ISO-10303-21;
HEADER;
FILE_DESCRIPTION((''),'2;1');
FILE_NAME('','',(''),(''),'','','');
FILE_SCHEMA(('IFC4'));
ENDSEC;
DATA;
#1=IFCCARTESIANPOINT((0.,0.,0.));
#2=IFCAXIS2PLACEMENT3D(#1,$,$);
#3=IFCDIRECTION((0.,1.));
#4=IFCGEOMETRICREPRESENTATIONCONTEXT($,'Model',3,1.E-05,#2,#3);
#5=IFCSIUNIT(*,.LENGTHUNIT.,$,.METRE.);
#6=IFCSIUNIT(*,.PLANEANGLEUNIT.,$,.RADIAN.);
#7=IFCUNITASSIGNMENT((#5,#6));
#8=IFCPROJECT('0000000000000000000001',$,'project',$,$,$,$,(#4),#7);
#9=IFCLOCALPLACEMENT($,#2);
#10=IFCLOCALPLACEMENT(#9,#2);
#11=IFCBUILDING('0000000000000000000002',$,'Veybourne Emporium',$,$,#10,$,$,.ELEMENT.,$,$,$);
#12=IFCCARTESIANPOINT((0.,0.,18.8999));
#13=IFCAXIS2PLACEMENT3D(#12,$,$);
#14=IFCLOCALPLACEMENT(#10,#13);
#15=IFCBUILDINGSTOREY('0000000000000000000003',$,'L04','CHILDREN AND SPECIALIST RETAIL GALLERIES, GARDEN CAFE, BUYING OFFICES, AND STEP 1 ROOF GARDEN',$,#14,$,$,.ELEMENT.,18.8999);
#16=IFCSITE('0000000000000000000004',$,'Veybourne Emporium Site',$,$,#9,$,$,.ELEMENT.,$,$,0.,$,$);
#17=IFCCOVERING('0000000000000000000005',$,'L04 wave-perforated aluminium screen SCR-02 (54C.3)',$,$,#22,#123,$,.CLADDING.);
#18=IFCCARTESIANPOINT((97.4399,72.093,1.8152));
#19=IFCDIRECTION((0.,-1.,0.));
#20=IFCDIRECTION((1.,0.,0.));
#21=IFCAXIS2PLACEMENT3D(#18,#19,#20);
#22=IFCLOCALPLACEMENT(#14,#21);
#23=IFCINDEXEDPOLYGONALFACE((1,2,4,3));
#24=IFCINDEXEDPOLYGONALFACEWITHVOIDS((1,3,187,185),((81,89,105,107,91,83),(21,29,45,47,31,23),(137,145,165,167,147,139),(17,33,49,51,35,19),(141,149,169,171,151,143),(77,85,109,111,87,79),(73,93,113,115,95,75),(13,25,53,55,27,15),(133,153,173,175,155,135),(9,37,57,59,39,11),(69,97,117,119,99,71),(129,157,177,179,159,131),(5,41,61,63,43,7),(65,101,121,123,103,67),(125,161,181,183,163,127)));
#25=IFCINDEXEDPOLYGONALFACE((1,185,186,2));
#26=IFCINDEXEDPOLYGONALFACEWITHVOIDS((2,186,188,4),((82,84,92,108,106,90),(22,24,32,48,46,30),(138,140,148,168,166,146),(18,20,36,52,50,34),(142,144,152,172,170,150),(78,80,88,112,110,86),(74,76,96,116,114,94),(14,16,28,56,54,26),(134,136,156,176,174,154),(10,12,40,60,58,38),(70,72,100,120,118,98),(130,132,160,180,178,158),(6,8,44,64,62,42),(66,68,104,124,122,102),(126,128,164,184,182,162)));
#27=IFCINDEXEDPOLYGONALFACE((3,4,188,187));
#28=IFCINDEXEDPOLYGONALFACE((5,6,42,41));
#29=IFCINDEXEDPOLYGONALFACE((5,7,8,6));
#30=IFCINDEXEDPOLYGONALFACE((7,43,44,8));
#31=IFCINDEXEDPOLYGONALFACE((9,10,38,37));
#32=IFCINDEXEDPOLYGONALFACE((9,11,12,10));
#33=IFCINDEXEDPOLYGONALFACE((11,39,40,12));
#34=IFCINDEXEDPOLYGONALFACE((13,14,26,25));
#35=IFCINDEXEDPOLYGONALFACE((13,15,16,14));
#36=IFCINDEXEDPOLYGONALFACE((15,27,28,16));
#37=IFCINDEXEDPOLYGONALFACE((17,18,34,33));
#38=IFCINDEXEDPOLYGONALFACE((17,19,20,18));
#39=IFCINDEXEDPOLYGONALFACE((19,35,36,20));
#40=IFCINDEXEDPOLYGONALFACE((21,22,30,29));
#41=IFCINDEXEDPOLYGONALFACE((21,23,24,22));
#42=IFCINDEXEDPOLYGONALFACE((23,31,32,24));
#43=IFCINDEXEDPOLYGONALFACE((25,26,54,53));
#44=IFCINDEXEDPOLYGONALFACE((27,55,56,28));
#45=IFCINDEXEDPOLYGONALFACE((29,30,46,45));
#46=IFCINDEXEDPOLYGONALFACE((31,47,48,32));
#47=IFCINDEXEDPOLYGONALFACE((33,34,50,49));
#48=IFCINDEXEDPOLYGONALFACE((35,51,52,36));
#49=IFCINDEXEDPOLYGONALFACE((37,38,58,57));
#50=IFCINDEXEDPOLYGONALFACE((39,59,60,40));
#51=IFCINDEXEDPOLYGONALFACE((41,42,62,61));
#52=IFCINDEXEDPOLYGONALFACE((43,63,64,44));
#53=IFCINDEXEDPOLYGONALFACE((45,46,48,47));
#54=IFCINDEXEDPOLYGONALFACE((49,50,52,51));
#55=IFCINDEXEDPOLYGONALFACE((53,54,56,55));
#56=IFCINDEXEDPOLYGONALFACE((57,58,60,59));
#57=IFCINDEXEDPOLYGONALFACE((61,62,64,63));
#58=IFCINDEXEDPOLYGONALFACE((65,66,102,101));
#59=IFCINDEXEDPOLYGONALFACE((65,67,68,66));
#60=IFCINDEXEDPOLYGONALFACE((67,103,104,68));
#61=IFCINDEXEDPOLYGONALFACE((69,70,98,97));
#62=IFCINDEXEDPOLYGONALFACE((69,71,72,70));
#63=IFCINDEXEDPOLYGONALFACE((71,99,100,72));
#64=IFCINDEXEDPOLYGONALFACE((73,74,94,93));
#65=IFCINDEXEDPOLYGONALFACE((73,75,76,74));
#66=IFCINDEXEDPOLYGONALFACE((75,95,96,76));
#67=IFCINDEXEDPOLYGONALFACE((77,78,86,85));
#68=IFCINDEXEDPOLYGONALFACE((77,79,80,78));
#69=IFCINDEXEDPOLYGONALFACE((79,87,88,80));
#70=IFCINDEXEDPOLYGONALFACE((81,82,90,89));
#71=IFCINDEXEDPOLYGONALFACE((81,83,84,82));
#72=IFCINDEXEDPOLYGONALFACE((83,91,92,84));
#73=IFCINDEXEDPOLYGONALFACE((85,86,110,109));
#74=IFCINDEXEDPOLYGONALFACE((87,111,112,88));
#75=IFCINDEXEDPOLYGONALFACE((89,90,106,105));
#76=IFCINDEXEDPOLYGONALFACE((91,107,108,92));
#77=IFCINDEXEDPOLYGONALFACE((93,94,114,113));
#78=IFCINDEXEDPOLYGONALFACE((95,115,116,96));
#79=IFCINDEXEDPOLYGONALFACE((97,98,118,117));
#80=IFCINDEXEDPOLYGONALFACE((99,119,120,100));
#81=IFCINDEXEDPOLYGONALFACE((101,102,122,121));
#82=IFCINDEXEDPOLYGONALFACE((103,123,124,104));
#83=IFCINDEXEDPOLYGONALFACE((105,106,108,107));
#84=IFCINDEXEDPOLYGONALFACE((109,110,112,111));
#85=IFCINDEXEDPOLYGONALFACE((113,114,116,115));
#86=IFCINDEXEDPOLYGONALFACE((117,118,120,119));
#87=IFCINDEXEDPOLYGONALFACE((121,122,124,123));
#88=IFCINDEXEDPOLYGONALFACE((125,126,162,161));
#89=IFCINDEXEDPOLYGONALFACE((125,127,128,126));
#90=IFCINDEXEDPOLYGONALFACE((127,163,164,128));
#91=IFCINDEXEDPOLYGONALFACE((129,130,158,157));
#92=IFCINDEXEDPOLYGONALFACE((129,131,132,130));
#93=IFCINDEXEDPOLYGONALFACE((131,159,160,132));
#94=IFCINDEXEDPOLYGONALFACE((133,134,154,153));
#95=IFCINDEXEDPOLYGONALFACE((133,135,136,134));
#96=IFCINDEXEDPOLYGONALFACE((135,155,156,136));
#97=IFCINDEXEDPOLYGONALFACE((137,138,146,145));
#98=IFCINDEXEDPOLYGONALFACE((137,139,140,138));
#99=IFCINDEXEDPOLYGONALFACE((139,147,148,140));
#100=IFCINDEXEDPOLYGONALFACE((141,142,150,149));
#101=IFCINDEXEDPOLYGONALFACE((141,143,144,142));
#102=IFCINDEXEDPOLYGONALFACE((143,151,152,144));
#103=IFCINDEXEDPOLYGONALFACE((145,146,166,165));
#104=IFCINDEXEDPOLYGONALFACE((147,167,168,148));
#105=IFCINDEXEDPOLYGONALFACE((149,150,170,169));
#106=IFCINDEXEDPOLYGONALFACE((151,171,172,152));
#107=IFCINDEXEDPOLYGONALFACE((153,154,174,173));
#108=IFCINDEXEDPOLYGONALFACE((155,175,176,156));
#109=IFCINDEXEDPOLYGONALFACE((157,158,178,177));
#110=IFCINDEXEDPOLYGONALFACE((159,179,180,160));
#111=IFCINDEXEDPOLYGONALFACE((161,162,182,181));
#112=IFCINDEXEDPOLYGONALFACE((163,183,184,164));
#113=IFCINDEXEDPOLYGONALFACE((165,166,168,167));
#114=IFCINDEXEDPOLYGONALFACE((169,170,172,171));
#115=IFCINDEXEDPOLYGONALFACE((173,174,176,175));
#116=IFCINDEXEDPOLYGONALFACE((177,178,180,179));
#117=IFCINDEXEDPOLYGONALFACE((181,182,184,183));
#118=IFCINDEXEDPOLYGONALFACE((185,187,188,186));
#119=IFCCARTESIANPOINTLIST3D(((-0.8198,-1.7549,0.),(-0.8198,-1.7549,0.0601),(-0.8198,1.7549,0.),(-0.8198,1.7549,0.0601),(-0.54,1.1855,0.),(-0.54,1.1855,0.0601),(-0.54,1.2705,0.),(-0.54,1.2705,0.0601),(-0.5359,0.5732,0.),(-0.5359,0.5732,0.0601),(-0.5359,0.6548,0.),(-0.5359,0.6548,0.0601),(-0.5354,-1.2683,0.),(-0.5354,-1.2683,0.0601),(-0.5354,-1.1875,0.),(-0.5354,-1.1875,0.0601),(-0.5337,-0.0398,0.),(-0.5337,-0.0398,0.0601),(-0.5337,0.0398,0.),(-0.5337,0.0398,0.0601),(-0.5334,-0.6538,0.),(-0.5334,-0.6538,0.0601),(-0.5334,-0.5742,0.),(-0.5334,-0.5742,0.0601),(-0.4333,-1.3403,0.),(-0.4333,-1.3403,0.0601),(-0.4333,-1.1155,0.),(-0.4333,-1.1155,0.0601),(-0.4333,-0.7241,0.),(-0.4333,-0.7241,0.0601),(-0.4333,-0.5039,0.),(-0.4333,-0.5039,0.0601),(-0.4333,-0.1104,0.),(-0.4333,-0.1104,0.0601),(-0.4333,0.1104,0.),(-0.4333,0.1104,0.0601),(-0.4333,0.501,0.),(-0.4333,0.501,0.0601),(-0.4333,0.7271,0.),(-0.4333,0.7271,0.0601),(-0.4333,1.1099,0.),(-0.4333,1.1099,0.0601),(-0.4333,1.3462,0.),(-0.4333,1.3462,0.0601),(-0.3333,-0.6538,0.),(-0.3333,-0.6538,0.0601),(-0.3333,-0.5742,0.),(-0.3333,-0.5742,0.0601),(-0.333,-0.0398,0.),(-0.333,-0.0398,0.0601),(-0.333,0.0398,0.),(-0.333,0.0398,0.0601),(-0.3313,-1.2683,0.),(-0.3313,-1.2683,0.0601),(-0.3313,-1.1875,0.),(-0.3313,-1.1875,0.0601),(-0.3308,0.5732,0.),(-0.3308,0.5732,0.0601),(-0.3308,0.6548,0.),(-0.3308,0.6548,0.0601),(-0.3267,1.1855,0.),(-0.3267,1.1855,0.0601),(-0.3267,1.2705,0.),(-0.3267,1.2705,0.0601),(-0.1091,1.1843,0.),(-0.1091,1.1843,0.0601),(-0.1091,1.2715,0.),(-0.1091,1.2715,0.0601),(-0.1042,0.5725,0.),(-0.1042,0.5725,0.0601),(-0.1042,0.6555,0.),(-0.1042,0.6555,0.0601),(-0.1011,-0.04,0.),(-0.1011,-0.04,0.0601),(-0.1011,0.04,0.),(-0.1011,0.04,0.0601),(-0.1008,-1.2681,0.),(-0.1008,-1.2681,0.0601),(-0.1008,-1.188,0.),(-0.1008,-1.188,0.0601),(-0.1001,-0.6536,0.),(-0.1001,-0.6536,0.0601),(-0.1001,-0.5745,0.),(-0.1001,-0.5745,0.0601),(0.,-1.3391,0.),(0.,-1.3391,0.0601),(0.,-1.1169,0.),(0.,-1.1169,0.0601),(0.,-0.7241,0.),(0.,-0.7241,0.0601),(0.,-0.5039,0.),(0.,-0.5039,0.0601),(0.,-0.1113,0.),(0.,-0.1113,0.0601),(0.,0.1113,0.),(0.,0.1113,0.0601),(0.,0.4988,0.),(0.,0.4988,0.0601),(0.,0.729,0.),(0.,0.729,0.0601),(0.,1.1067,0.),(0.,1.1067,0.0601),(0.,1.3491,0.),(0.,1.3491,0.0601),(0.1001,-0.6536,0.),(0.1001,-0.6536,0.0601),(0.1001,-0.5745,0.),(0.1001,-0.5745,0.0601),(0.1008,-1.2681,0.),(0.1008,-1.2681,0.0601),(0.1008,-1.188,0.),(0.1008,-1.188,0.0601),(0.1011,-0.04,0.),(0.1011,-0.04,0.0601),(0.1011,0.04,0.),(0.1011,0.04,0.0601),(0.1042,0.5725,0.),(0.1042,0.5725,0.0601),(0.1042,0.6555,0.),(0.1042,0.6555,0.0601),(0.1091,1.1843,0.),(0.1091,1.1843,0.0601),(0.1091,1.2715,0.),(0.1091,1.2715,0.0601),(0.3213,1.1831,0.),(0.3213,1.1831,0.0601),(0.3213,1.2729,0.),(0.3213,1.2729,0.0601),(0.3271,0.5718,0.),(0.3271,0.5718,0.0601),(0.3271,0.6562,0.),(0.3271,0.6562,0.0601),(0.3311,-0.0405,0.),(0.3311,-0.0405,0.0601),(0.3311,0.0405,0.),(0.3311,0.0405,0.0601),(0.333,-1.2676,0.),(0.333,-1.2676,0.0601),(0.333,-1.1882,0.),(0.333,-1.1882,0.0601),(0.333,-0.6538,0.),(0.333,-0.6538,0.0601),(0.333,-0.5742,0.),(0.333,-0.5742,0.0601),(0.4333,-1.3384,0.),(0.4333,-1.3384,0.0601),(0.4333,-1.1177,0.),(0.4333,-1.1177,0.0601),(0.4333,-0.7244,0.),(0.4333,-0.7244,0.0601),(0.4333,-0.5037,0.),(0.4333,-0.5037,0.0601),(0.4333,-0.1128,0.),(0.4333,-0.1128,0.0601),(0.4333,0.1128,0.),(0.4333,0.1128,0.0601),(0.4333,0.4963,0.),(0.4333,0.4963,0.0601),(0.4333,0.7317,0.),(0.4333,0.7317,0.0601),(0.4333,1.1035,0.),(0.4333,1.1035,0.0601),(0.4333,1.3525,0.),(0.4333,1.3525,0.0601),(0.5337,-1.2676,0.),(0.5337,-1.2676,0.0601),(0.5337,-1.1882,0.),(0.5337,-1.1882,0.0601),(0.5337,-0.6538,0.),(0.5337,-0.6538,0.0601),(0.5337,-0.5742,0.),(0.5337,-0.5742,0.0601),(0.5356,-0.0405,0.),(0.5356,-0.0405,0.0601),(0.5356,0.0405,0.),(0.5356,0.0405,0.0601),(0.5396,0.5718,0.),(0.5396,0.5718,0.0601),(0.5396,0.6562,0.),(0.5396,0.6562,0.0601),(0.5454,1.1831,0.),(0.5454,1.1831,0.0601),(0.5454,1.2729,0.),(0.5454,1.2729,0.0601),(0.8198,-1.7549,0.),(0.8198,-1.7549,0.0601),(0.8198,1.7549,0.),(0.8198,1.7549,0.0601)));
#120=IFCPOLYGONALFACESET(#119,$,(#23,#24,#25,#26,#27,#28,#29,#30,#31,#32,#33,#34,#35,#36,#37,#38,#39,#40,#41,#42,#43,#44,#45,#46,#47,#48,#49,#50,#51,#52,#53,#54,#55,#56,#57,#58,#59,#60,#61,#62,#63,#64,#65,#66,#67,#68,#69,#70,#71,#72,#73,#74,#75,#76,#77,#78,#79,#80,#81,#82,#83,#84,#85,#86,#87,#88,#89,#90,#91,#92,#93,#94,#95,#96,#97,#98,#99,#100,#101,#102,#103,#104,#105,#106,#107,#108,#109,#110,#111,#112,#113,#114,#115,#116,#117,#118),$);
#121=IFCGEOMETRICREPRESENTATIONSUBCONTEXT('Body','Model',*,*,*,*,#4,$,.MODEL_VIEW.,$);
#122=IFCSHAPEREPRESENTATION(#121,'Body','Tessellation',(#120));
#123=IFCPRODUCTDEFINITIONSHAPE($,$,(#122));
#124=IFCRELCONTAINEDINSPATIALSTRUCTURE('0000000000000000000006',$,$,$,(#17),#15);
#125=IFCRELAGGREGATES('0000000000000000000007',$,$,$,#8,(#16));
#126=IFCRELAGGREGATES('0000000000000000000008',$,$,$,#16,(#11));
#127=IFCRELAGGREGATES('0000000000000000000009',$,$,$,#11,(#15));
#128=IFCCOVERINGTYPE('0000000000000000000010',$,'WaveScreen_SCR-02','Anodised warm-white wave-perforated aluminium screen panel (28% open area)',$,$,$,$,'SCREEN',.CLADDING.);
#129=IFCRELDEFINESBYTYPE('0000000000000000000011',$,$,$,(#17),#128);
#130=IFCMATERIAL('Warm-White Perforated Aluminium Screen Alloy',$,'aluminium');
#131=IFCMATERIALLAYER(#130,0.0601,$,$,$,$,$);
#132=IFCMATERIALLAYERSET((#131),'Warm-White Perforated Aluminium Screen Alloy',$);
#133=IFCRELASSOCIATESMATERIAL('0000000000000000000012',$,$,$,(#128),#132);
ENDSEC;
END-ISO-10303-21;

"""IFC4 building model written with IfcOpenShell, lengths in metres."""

from ifc_helpers import new_model, si_unit, direction, frame, origin, place, context, subcontext, project, spatial, polyline, outline, extrude, material, layer, layer_set, type_object, element, save


model = new_model("IFC4")

# Units and contexts
model_context = context("Model", 3, precision=1e-05, world=origin(), true_north=direction((0.0, 1.0)))
body_context = subcontext(model_context, "Body", "Model", "MODEL_VIEW")
ifc_project = project(units=[si_unit("LENGTHUNIT", "METRE"), si_unit("PLANEANGLEUNIT", "RADIAN")], contexts=[model_context])

# Site, building, storey
site_placement = place(None, origin())
site = spatial("IfcSite", under=ifc_project, at=site_placement, Name="Veybourne Emporium Site", CompositionType="ELEMENT", RefElevation=0.0)
building_placement = place(site_placement, origin())
building = spatial("IfcBuilding", under=site, at=building_placement, Name="Veybourne Emporium", CompositionType="ELEMENT")
storey_placement = place(building_placement, frame((0.0, 0.0, 18.8999)))
storey = spatial("IfcBuildingStorey", under=building, at=storey_placement, Name="L04", Description="CHILDREN AND SPECIALIST RETAIL GALLERIES, GARDEN CAFE, BUYING OFFICES, AND STEP 1 ROOF GARDEN", CompositionType="ELEMENT", Elevation=18.8999)

# Covering
ifc_material_1 = material(Name="Warm-White Perforated Aluminium Screen Alloy", Category="aluminium")
ifc_layer_1 = layer(ifc_material_1, 0.0601)
ifc_layer_set_1 = layer_set([ifc_layer_1], Name="Warm-White Perforated Aluminium Screen Alloy")
covering_type_1 = type_object("IfcCoveringType", Name="WaveScreen_SCR-02", Description="Anodised warm-white wave-perforated aluminium screen panel (28% open area)", ElementType="SCREEN", PredefinedType="CLADDING", material=ifc_layer_set_1)
covering_1_placement = place(storey_placement, frame((97.4399, 72.093, 1.8152), z_axis=(0.0, -1.0, 0.0), x_axis=(1.0, 0.0, 0.0)))
element("IfcCovering", 1, at=covering_1_placement, inside=storey, type_object=covering_type_1, Name="L04 wave-perforated aluminium screen SCR-02 (54C.3)", PredefinedType="CLADDING", context=body_context, shape_type="SweptSolid", body=[
    extrude(outline(polyline([(-0.8198, -1.7549), (0.8198, -1.7549), (0.8198, 1.7549), (-0.8198, 1.7549), (-0.8198, -1.7549)]), holes=[polyline([(-0.4333, -1.1155), (-0.3313, -1.1875), (-0.3313, -1.2683), (-0.4333, -1.3403), (-0.5354, -1.2683), (-0.5354, -1.1875), (-0.4333, -1.1155)]), polyline([(-0.4333, -0.5039), (-0.3333, -0.5742), (-0.3333, -0.6538), (-0.4333, -0.7241), (-0.5334, -0.6538), (-0.5334, -0.5742), (-0.4333, -0.5039)]), polyline([(-0.4333, 0.1104), (-0.333, 0.0398), (-0.333, -0.0398), (-0.4333, -0.1104), (-0.5337, -0.0398), (-0.5337, 0.0398), (-0.4333, 0.1104)]), polyline([(-0.4333, 0.7271), (-0.3308, 0.6548), (-0.3308, 0.5732), (-0.4333, 0.501), (-0.5359, 0.5732), (-0.5359, 0.6548), (-0.4333, 0.7271)]), polyline([(-0.4333, 1.3462), (-0.3267, 1.2705), (-0.3267, 1.1855), (-0.4333, 1.1099), (-0.54, 1.1855), (-0.54, 1.2705), (-0.4333, 1.3462)]), polyline([(0.0, -1.1169), (0.1008, -1.188), (0.1008, -1.2681), (0.0, -1.3391), (-0.1008, -1.2681), (-0.1008, -1.188), (0.0, -1.1169)]), polyline([(0.0, -0.5039), (0.1001, -0.5745), (0.1001, -0.6536), (0.0, -0.7241), (-0.1001, -0.6536), (-0.1001, -0.5745), (0.0, -0.5039)]), polyline([(0.0, 0.1113), (0.1011, 0.04), (0.1011, -0.04), (0.0, -0.1113), (-0.1011, -0.04), (-0.1011, 0.04), (0.0, 0.1113)]), polyline([(0.0, 0.729), (0.1042, 0.6555), (0.1042, 0.5725), (0.0, 0.4988), (-0.1042, 0.5725), (-0.1042, 0.6555), (0.0, 0.729)]), polyline([(0.0, 1.3491), (0.1091, 1.2715), (0.1091, 1.1843), (0.0, 1.1067), (-0.1091, 1.1843), (-0.1091, 1.2715), (0.0, 1.3491)]), polyline([(0.4333, -1.1177), (0.5337, -1.1882), (0.5337, -1.2676), (0.4333, -1.3384), (0.333, -1.2676), (0.333, -1.1882), (0.4333, -1.1177)]), polyline([(0.4333, -0.5037), (0.5337, -0.5742), (0.5337, -0.6538), (0.4333, -0.7244), (0.333, -0.6538), (0.333, -0.5742), (0.4333, -0.5037)]), polyline([(0.4333, 0.1128), (0.5356, 0.0405), (0.5356, -0.0405), (0.4333, -0.1128), (0.3311, -0.0405), (0.3311, 0.0405), (0.4333, 0.1128)]), polyline([(0.4333, 0.7317), (0.5396, 0.6562), (0.5396, 0.5718), (0.4333, 0.4963), (0.3271, 0.5718), (0.3271, 0.6562), (0.4333, 0.7317)]), polyline([(0.4333, 1.3525), (0.5454, 1.2729), (0.5454, 1.1831), (0.4333, 1.1035), (0.3213, 1.1831), (0.3213, 1.2729), (0.4333, 1.3525)])]), origin(), (0.0, 0.0, 1.0), 0.0601),
])

save(model, "model.ifc")
